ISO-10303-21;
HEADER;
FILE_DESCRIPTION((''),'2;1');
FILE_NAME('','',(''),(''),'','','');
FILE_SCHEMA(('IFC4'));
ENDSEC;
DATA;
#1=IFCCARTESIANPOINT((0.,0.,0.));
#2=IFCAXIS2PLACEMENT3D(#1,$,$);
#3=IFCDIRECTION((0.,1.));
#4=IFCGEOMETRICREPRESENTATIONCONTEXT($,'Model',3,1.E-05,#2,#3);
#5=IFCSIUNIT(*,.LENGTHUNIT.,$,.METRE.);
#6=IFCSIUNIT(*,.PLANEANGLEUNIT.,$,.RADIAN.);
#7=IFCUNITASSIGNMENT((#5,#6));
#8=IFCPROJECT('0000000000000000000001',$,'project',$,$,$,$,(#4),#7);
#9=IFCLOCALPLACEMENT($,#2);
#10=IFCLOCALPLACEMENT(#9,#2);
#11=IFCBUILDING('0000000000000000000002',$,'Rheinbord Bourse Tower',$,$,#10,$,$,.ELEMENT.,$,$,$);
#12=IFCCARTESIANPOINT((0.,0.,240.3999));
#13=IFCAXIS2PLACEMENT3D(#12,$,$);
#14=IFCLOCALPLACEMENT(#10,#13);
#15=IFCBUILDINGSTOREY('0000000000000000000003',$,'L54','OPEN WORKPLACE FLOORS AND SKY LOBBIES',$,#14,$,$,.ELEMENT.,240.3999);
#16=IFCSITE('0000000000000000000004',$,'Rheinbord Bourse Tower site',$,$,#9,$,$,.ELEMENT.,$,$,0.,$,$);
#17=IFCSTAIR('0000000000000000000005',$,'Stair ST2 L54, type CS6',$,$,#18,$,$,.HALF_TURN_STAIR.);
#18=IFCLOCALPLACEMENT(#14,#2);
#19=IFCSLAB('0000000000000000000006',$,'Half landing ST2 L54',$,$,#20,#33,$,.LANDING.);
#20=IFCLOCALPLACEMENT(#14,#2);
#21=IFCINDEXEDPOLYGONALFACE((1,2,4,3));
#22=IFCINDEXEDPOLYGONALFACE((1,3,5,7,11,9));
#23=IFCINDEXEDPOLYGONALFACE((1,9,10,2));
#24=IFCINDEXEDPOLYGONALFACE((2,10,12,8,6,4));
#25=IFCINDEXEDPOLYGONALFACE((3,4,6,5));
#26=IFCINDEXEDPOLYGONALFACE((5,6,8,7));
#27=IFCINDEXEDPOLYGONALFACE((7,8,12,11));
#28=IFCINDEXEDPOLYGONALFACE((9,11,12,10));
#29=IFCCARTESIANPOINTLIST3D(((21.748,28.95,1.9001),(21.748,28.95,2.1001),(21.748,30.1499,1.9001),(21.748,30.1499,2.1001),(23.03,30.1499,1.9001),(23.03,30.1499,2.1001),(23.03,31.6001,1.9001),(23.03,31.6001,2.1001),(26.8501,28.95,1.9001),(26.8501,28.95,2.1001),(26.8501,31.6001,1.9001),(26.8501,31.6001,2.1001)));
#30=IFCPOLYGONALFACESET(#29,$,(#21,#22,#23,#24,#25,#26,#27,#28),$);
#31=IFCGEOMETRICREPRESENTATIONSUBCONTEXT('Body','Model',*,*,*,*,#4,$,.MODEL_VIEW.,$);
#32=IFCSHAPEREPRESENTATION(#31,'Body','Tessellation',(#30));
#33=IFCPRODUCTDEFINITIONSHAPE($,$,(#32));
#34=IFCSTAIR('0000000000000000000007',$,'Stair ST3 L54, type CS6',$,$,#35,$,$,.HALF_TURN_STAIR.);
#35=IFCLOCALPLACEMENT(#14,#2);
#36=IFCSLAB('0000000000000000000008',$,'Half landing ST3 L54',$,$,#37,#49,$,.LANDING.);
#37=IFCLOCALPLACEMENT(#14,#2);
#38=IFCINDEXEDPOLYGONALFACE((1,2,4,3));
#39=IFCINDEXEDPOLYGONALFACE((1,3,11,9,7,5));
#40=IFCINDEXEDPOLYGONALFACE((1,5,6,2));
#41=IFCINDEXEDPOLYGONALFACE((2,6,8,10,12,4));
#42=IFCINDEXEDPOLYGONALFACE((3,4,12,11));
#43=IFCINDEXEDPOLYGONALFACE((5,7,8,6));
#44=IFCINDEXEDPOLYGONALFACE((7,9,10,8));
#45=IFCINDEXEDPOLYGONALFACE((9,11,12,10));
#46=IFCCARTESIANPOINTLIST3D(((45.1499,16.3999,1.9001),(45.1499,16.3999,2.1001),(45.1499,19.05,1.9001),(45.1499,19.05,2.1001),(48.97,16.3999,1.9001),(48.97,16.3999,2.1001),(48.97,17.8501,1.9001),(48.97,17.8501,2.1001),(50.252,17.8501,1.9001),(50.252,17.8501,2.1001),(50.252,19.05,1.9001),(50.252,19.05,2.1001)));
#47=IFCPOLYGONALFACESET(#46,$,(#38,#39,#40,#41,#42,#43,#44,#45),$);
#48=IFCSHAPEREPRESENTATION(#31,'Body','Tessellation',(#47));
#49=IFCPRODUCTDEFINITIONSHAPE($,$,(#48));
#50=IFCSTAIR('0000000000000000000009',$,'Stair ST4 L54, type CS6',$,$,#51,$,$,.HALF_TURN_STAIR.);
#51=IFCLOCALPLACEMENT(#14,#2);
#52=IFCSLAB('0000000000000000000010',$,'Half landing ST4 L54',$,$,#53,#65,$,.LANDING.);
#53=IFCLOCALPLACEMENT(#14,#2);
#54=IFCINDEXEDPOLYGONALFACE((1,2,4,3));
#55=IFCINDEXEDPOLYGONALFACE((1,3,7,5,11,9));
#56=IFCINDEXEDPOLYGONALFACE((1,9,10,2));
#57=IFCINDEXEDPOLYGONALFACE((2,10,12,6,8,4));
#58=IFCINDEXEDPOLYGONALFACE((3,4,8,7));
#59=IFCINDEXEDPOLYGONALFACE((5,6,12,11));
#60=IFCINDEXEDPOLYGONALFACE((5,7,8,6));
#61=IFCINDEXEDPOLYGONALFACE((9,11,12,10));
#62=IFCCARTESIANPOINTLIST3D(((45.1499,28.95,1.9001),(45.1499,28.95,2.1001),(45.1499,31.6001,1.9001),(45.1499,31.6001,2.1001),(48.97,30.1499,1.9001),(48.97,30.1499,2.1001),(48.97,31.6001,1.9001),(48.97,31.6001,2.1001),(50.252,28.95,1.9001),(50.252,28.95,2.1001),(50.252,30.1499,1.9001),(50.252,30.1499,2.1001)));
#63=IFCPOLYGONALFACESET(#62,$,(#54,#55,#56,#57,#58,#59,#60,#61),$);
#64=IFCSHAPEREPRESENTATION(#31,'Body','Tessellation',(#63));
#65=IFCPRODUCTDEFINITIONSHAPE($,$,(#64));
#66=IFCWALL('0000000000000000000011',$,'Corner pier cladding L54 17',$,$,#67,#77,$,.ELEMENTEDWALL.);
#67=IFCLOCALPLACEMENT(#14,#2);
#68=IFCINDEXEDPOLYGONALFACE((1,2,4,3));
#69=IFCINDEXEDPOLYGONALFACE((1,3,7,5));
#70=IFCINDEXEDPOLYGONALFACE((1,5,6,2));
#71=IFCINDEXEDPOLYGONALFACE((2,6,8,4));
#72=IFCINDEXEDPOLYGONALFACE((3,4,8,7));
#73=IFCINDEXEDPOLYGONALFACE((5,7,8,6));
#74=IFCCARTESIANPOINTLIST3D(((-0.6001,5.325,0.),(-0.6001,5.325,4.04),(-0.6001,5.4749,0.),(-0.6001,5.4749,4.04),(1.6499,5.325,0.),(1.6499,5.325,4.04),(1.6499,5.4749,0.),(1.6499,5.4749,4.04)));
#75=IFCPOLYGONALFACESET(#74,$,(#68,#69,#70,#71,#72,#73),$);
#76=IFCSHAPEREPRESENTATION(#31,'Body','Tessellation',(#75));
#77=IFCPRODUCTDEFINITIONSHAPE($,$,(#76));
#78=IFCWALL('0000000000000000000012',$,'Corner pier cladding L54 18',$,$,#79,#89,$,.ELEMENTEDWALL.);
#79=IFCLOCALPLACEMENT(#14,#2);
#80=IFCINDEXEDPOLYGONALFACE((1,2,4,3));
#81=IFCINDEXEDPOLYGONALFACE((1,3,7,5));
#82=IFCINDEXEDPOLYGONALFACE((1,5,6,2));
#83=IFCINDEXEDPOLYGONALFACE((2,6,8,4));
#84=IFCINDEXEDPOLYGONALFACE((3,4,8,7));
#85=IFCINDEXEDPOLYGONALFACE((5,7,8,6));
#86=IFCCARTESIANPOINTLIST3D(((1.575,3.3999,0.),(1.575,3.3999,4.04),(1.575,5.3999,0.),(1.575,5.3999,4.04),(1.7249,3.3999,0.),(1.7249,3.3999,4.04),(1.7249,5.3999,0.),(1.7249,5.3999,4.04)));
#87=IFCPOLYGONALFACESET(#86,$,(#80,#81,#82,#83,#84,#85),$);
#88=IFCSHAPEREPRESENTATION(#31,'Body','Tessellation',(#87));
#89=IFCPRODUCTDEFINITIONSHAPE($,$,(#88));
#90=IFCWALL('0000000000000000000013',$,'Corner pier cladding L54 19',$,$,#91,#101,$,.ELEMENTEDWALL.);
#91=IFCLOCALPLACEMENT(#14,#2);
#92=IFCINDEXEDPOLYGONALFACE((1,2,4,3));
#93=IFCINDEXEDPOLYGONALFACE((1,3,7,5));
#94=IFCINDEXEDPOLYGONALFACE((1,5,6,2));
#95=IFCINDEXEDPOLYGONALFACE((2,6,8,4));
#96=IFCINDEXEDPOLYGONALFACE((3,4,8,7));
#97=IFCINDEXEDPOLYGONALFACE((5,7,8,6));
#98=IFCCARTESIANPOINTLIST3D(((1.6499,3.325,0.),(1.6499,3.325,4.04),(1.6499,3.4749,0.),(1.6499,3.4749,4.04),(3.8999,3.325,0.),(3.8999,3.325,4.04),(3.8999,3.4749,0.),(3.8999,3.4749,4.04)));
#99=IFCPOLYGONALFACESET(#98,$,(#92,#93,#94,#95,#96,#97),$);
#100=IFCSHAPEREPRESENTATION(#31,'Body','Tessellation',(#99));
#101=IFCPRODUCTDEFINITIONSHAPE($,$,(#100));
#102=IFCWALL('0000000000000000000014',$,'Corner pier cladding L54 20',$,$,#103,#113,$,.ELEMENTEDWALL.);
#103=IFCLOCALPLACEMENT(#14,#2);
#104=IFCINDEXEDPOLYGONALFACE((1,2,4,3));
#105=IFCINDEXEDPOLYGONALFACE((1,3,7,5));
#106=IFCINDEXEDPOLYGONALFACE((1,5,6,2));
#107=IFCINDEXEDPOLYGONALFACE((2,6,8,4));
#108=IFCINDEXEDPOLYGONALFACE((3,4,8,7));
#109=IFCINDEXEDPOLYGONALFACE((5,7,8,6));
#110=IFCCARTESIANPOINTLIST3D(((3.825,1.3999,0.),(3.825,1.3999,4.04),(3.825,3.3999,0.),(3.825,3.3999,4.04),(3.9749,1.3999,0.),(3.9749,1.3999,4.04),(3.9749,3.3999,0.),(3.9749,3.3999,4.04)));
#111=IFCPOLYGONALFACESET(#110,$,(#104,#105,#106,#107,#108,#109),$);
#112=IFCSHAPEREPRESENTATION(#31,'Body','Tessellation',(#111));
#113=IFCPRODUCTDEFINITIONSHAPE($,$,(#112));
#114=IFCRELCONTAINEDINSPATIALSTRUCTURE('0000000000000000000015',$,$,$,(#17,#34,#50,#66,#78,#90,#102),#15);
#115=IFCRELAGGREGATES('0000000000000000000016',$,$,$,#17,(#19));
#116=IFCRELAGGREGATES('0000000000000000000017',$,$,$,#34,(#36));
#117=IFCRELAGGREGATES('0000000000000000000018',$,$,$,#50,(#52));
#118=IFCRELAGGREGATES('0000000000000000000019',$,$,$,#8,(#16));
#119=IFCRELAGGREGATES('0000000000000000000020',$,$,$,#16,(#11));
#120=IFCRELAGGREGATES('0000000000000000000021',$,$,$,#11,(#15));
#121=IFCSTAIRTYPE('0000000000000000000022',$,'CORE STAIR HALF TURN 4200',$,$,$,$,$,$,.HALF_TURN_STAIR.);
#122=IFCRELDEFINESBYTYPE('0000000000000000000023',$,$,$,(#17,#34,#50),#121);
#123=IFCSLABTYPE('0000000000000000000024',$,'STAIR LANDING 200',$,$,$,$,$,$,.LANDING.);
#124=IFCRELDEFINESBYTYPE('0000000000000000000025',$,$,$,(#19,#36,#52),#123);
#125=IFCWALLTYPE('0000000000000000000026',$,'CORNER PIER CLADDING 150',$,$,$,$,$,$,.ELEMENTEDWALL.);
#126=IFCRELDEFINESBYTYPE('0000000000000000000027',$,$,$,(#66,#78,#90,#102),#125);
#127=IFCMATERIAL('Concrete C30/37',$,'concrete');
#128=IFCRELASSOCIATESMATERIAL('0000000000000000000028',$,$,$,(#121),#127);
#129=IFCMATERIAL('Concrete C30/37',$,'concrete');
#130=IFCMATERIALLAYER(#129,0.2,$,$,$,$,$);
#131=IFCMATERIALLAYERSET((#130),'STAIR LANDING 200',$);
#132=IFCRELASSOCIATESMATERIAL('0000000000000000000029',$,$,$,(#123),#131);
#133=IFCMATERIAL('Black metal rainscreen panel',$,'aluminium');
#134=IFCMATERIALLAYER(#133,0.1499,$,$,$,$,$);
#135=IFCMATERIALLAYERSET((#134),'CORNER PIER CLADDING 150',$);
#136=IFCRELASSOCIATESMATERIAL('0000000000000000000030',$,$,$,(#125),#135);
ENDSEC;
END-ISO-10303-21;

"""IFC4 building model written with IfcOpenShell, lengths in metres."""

from ifc_helpers import new_model, si_unit, direction, frame, frame_2d, origin, place, context, subcontext, project, spatial, polyline, rectangle, outline, extrude, material, layer, layer_set, type_object, element, aggregate, save


model = new_model("IFC4")

# Units and contexts
model_context = context("Model", 3, precision=1e-05, world=origin(), true_north=direction((0.0, 1.0)))
body_context = subcontext(model_context, "Body", "Model", "MODEL_VIEW")
ifc_project = project(units=[si_unit("LENGTHUNIT", "METRE"), si_unit("PLANEANGLEUNIT", "RADIAN")], contexts=[model_context])

# Site, building, storey
site_placement = place(None, origin())
site = spatial("IfcSite", under=ifc_project, at=site_placement, Name="Rheinbord Bourse Tower site", CompositionType="ELEMENT", RefElevation=0.0)
building_placement = place(site_placement, origin())
building = spatial("IfcBuilding", under=site, at=building_placement, Name="Rheinbord Bourse Tower", CompositionType="ELEMENT")
storey_placement = place(building_placement, frame((0.0, 0.0, 240.3999)))
storey = spatial("IfcBuildingStorey", under=building, at=storey_placement, Name="L54", Description="OPEN WORKPLACE FLOORS AND SKY LOBBIES", CompositionType="ELEMENT", Elevation=240.3999)

# Stairs, slabs
ifc_material_1 = material(Name="Concrete C30/37", Category="concrete")
stair_type = type_object("IfcStairType", Name="CORE STAIR HALF TURN 4200", PredefinedType="HALF_TURN_STAIR", material=ifc_material_1)
ifc_material_2 = material(Name="Concrete C30/37", Category="concrete")
ifc_layer_1 = layer(ifc_material_2, 0.2)
ifc_layer_set_1 = layer_set([ifc_layer_1], Name="STAIR LANDING 200")
slab_type_1 = type_object("IfcSlabType", Name="STAIR LANDING 200", PredefinedType="LANDING", material=ifc_layer_set_1)
stair_1_placement = place(storey_placement, origin())
stair_1 = element("IfcStair", 1, at=stair_1_placement, inside=storey, type_object=stair_type, Name="Stair ST2 L54, type CS6", PredefinedType="HALF_TURN_STAIR")
slab_1_placement = place(storey_placement, frame((0.0, 0.0, 1.9001)))
slab_1 = element("IfcSlab", 2, at=slab_1_placement, type_object=slab_type_1, Name="Half landing ST2 L54", PredefinedType="LANDING", context=body_context, shape_type="SweptSolid", body=[
    extrude(outline(polyline([(21.748, 28.95), (26.8501, 28.95), (26.8501, 31.6001), (23.03, 31.6001), (23.03, 30.1499), (21.748, 30.1499), (21.748, 28.95)])), origin(), (0.0, 0.0, 1.0), 0.2),
])
aggregate(stair_1, [slab_1])
stair_2_placement = place(storey_placement, origin())
stair_2 = element("IfcStair", 3, at=stair_2_placement, inside=storey, type_object=stair_type, Name="Stair ST3 L54, type CS6", PredefinedType="HALF_TURN_STAIR")
slab_2_placement = place(storey_placement, frame((0.0, 0.0, 1.9001)))
slab_2 = element("IfcSlab", 4, at=slab_2_placement, type_object=slab_type_1, Name="Half landing ST3 L54", PredefinedType="LANDING", context=body_context, shape_type="SweptSolid", body=[
    extrude(outline(polyline([(45.1499, 16.3999), (48.97, 16.3999), (48.97, 17.8501), (50.252, 17.8501), (50.252, 19.05), (45.1499, 19.05), (45.1499, 16.3999)])), origin(), (0.0, 0.0, 1.0), 0.2),
])
aggregate(stair_2, [slab_2])
stair_3_placement = place(storey_placement, origin())
stair_3 = element("IfcStair", 5, at=stair_3_placement, inside=storey, type_object=stair_type, Name="Stair ST4 L54, type CS6", PredefinedType="HALF_TURN_STAIR")
slab_3_placement = place(storey_placement, frame((0.0, 0.0, 1.9001)))
slab_3 = element("IfcSlab", 6, at=slab_3_placement, type_object=slab_type_1, Name="Half landing ST4 L54", PredefinedType="LANDING", context=body_context, shape_type="SweptSolid", body=[
    extrude(outline(polyline([(45.1499, 28.95), (50.252, 28.95), (50.252, 30.1499), (48.97, 30.1499), (48.97, 31.6001), (45.1499, 31.6001), (45.1499, 28.95)])), origin(), (0.0, 0.0, 1.0), 0.2),
])
aggregate(stair_3, [slab_3])

# Walls
ifc_material_3 = material(Name="Black metal rainscreen panel", Category="aluminium")
ifc_layer_2 = layer(ifc_material_3, 0.1499)
ifc_layer_set_2 = layer_set([ifc_layer_2], Name="CORNER PIER CLADDING 150")
wall_type = type_object("IfcWallType", Name="CORNER PIER CLADDING 150", PredefinedType="ELEMENTEDWALL", material=ifc_layer_set_2)
wall_1_placement = place(storey_placement, frame((-0.6001, 5.3999, 0.0), z_axis=(0.0, 0.0, 1.0), x_axis=(1.0, 0.0, 0.0)))
element("IfcWall", 7, at=wall_1_placement, inside=storey, type_object=wall_type, Name="Corner pier cladding L54 17", PredefinedType="ELEMENTEDWALL", context=body_context, shape_type="SweptSolid", body=[
    extrude(rectangle(XDim=2.25, YDim=0.1499, at=frame_2d((1.125, 0.0))), origin(), (0.0, 0.0, 1.0), 4.04),
])
wall_2_placement = place(storey_placement, frame((1.6499, 5.3999, 0.0), z_axis=(0.0, 0.0, 1.0), x_axis=(0.0, -1.0, 0.0)))
element("IfcWall", 8, at=wall_2_placement, inside=storey, type_object=wall_type, Name="Corner pier cladding L54 18", PredefinedType="ELEMENTEDWALL", context=body_context, shape_type="SweptSolid", body=[
    extrude(rectangle(XDim=2.0, YDim=0.1499, at=frame_2d((1.0, 0.0))), origin(), (0.0, 0.0, 1.0), 4.04),
])
wall_3_placement = place(storey_placement, frame((1.6499, 3.3999, 0.0), z_axis=(0.0, 0.0, 1.0), x_axis=(1.0, 0.0, 0.0)))
element("IfcWall", 9, at=wall_3_placement, inside=storey, type_object=wall_type, Name="Corner pier cladding L54 19", PredefinedType="ELEMENTEDWALL", context=body_context, shape_type="SweptSolid", body=[
    extrude(rectangle(XDim=2.25, YDim=0.1499, at=frame_2d((1.125, 0.0))), origin(), (0.0, 0.0, 1.0), 4.04),
])
wall_4_placement = place(storey_placement, frame((3.8999, 3.3999, 0.0), z_axis=(0.0, 0.0, 1.0), x_axis=(0.0, -1.0, 0.0)))
element("IfcWall", 10, at=wall_4_placement, inside=storey, type_object=wall_type, Name="Corner pier cladding L54 20", PredefinedType="ELEMENTEDWALL", context=body_context, shape_type="SweptSolid", body=[
    extrude(rectangle(XDim=2.0, YDim=0.1499, at=frame_2d((1.0, 0.0))), origin(), (0.0, 0.0, 1.0), 4.04),
])

save(model, "model.ifc")
